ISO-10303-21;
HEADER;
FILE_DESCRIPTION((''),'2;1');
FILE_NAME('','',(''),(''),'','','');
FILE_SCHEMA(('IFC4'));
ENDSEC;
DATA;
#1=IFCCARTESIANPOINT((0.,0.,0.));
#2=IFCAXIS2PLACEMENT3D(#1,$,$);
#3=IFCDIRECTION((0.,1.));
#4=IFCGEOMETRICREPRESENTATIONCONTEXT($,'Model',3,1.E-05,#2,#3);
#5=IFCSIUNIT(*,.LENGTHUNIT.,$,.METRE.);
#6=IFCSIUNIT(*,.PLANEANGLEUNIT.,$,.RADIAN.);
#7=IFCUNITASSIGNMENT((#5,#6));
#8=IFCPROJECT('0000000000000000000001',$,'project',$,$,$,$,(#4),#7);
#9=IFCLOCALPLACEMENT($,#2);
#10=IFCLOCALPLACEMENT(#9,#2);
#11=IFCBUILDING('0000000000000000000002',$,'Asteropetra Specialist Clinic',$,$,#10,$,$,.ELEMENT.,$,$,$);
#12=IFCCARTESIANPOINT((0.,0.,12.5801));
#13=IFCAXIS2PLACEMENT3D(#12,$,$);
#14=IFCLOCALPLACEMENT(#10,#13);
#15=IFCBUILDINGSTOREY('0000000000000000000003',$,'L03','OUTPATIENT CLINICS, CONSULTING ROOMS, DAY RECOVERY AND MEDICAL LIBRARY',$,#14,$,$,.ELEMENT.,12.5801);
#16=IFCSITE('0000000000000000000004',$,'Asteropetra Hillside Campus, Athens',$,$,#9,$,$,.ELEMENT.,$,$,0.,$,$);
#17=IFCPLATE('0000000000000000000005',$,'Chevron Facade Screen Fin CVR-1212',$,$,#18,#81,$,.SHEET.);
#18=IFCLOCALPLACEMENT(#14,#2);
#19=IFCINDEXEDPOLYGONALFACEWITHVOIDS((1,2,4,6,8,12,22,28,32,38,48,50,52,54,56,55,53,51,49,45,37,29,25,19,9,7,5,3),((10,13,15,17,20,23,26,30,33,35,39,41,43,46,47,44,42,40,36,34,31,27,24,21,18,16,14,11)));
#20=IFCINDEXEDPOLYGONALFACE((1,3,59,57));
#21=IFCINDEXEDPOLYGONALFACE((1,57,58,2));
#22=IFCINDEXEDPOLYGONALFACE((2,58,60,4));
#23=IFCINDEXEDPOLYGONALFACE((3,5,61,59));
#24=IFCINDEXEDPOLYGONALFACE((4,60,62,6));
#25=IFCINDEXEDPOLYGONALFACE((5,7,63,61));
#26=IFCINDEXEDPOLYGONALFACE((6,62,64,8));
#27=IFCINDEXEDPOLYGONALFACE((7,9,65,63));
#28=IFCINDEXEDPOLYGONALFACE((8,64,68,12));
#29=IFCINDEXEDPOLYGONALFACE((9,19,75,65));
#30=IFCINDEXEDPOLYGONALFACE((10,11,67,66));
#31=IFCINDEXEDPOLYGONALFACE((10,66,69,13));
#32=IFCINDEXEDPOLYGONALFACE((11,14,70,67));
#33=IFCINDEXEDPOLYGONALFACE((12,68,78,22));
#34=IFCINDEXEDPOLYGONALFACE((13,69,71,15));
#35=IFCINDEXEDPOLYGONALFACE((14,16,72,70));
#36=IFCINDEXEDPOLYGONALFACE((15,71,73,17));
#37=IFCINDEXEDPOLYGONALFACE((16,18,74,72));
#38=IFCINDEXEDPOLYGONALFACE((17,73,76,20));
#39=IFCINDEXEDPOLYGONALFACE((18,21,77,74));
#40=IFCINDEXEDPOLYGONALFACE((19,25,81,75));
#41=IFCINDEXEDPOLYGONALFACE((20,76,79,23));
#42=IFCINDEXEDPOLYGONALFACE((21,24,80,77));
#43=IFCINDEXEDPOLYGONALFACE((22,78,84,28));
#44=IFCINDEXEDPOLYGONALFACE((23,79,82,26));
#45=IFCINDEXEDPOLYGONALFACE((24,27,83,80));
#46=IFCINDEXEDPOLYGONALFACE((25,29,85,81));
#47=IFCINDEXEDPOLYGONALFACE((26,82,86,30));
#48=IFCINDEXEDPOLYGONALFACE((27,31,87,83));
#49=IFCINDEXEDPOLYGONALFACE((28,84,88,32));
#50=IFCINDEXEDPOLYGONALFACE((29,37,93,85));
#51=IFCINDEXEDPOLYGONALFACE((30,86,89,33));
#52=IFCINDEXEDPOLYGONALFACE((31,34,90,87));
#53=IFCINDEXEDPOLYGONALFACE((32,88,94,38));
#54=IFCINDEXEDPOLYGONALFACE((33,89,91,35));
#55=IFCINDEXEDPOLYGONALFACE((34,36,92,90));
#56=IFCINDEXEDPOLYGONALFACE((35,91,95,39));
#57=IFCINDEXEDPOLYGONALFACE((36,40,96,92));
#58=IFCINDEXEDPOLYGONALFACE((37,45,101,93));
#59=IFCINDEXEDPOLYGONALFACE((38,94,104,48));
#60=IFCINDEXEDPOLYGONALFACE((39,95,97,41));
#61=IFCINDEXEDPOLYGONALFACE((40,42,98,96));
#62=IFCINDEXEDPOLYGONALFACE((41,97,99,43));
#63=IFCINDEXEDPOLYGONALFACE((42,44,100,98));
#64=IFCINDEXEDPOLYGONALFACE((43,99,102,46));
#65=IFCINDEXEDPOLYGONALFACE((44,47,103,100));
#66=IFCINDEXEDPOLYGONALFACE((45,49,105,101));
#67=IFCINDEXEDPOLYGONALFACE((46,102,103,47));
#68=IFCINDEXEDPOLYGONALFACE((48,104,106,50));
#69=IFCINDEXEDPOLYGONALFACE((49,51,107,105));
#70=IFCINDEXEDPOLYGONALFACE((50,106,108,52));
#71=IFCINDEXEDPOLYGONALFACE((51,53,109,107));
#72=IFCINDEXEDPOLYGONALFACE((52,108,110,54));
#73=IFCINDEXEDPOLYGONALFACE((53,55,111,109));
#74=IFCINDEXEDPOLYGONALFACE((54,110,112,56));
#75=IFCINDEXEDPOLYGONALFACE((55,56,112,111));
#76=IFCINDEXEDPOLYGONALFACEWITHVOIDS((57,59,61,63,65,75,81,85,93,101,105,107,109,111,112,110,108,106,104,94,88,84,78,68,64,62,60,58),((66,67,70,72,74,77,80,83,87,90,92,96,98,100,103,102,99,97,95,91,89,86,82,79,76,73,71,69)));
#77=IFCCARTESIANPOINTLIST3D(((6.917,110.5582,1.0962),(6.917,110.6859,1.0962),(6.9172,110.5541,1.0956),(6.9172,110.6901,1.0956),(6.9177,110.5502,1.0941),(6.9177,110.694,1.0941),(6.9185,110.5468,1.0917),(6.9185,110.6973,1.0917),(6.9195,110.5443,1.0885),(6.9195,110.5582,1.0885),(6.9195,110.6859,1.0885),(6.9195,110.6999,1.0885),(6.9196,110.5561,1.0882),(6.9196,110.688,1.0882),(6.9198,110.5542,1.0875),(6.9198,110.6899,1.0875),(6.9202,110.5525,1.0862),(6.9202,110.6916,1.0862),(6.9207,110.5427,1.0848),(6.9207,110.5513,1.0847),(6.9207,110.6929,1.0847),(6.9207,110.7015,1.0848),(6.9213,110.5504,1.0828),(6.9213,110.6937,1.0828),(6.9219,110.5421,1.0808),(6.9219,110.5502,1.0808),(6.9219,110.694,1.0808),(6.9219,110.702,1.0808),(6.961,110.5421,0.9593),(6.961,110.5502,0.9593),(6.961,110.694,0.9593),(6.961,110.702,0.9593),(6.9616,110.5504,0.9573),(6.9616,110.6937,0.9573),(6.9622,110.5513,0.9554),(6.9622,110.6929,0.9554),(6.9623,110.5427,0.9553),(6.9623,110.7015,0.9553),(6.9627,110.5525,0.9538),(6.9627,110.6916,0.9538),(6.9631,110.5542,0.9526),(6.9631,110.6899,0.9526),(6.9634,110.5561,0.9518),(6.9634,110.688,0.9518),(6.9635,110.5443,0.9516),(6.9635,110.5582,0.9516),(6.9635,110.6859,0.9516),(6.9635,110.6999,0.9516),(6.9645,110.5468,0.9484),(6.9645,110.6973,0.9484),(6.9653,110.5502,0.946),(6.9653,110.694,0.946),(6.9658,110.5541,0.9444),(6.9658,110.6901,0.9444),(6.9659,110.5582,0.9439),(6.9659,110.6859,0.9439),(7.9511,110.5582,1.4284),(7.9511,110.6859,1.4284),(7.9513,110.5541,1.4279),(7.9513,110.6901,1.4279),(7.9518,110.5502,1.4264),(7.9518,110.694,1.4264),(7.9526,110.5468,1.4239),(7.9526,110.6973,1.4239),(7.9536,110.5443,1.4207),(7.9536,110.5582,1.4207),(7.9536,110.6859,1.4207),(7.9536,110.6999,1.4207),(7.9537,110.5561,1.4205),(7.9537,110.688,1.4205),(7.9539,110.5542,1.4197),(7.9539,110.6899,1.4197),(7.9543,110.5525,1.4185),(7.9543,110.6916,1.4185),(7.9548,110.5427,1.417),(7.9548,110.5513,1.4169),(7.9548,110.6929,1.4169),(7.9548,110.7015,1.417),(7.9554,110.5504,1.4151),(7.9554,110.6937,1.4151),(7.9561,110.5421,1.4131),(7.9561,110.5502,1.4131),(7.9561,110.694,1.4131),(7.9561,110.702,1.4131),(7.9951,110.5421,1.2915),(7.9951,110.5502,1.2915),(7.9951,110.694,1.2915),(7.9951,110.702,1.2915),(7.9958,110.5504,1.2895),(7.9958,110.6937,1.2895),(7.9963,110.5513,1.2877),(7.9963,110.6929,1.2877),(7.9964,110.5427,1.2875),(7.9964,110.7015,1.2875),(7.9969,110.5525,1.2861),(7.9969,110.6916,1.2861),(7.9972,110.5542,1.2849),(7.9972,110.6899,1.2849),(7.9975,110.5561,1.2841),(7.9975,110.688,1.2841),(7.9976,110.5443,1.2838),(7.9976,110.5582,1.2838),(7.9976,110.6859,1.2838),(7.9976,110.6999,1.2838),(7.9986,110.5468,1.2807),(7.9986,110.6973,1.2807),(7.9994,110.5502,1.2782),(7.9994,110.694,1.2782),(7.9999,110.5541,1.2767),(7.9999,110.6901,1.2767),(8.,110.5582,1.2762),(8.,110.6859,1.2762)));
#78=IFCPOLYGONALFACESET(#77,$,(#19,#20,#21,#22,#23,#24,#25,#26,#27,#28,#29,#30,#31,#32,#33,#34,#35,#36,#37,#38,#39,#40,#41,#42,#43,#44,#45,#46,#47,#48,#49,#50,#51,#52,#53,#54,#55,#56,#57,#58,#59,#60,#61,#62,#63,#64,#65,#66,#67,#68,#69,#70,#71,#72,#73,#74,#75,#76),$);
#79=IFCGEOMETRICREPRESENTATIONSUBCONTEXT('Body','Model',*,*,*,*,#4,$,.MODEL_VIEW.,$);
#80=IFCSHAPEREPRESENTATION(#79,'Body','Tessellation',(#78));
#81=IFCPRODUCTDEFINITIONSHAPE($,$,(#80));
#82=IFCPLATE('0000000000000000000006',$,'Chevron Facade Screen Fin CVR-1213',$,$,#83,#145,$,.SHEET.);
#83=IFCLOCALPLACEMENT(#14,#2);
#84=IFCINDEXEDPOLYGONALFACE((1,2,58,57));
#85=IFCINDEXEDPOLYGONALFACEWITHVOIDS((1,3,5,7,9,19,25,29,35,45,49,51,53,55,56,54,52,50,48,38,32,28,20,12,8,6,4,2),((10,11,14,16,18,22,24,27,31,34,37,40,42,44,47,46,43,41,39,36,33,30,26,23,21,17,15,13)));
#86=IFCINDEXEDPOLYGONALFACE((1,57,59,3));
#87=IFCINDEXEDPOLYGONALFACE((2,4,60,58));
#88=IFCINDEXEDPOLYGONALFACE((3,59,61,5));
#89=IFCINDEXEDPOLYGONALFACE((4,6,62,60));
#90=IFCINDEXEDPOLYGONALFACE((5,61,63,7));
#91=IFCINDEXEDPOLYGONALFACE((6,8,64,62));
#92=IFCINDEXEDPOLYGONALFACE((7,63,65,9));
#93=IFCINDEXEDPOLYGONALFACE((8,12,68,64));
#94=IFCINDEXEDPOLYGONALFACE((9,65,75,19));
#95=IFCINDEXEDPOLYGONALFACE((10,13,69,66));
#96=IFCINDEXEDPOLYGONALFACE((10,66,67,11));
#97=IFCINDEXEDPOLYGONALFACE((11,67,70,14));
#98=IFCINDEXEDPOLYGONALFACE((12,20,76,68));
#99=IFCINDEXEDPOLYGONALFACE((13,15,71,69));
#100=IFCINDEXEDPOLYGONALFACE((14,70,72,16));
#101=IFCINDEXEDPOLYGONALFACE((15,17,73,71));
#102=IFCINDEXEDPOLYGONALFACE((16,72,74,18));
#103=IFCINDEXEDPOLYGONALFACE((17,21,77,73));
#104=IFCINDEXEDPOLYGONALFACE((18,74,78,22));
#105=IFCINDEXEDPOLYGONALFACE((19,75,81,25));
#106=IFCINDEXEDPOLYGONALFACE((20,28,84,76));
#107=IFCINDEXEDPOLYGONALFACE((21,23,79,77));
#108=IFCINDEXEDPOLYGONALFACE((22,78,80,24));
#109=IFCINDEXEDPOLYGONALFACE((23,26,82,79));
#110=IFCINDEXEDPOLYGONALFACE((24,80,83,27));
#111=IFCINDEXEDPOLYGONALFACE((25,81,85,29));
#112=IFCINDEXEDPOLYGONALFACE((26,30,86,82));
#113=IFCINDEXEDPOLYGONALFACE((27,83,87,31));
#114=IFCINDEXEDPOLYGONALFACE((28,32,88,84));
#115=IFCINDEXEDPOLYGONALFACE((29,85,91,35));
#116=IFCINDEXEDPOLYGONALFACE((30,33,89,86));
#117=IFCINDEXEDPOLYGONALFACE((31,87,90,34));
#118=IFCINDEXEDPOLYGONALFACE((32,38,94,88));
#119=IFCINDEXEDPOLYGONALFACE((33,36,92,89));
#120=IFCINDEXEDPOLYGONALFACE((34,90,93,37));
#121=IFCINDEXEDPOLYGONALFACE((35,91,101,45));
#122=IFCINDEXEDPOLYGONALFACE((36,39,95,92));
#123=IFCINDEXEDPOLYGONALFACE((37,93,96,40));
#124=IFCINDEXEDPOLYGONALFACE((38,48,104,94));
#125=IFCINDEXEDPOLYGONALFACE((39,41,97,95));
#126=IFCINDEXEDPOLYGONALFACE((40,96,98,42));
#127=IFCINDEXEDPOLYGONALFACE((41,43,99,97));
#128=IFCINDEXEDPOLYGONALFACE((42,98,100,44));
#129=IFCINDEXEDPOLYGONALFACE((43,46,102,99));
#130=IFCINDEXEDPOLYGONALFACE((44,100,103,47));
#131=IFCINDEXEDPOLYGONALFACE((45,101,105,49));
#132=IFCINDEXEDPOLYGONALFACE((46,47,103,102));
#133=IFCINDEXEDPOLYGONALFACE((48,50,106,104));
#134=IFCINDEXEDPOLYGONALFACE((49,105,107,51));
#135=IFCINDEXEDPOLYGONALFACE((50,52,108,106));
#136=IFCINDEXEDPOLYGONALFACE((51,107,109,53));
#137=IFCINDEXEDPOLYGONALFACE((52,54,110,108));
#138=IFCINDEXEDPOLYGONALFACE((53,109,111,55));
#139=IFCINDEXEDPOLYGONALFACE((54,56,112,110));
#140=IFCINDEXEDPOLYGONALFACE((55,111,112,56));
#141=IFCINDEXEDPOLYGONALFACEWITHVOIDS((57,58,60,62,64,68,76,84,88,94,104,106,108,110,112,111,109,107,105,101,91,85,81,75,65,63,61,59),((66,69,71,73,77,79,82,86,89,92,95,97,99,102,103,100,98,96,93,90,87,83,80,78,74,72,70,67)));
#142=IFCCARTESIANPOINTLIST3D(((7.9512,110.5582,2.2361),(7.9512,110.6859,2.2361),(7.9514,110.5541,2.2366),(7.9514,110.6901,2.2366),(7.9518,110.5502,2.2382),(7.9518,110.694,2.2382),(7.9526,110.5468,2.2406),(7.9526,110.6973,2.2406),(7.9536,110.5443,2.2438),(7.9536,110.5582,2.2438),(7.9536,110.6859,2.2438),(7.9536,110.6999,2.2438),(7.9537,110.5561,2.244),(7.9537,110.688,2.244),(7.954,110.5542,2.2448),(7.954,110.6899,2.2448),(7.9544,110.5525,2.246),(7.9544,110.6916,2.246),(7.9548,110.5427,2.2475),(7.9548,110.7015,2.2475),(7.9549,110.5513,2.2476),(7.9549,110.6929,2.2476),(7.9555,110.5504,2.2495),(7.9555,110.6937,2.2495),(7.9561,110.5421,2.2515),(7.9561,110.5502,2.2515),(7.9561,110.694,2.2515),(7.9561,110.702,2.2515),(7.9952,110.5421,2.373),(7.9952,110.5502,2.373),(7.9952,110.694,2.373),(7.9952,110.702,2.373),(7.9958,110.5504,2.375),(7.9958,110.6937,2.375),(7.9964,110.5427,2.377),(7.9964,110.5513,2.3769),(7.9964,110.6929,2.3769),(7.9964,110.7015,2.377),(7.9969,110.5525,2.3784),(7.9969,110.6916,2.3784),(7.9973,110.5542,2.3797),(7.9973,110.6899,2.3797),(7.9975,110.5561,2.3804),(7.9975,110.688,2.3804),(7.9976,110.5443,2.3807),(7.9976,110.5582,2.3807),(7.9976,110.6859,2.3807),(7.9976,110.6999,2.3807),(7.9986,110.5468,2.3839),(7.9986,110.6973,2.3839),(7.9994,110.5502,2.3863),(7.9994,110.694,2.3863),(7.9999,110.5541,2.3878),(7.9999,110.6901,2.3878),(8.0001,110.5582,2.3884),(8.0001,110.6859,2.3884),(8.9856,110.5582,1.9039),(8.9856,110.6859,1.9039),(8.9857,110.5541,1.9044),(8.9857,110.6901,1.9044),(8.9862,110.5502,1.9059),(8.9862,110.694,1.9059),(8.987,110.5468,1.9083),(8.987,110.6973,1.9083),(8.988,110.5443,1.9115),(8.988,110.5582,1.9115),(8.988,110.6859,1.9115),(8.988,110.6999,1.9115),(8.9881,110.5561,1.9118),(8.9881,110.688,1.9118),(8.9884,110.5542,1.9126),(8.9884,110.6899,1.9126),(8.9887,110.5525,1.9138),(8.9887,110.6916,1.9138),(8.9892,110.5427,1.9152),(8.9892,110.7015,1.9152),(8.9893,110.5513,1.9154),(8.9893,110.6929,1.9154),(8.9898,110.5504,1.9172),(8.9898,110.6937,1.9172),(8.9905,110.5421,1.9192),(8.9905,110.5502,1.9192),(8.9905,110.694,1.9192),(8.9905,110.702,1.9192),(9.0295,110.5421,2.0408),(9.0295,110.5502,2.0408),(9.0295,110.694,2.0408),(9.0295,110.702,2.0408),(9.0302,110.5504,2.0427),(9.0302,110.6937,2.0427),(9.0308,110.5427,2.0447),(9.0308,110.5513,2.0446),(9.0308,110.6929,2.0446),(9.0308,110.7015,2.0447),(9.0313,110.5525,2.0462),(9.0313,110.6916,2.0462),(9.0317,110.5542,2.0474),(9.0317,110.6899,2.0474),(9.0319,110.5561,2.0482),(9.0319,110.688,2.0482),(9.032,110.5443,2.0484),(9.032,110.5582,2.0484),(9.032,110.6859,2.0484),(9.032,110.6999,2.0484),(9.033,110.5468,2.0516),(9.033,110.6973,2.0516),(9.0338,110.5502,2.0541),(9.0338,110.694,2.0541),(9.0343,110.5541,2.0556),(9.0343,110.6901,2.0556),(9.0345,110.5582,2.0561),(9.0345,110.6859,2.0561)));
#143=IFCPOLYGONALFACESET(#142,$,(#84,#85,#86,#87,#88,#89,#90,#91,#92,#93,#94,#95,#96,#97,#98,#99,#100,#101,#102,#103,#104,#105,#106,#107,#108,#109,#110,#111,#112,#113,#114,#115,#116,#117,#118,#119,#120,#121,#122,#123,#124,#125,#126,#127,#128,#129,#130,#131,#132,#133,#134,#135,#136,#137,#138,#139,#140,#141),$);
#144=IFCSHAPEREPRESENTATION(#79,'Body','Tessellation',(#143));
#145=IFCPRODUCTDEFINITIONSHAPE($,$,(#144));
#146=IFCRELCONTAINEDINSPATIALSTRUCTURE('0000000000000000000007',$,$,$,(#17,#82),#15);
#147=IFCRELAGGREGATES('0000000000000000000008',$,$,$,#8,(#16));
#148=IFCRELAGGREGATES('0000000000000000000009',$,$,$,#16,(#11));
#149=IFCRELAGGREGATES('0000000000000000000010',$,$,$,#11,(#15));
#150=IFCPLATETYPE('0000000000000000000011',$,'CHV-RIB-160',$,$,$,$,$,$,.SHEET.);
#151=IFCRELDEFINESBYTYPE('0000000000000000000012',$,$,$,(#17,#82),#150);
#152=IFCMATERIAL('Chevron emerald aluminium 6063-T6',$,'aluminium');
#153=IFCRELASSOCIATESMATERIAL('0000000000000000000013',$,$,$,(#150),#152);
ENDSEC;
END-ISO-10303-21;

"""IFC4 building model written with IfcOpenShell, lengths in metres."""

from ifc_helpers import new_model, si_unit, direction, frame, origin, origin_2d, place, context, subcontext, project, spatial, hollow_rectangle, extrude, material, material_profile, profile_set, type_object, element, save


model = new_model("IFC4")

# Units and contexts
model_context = context("Model", 3, precision=1e-05, world=origin(), true_north=direction((0.0, 1.0)))
body_context = subcontext(model_context, "Body", "Model", "MODEL_VIEW")
ifc_project = project(units=[si_unit("LENGTHUNIT", "METRE"), si_unit("PLANEANGLEUNIT", "RADIAN")], contexts=[model_context])

# Site, building, storey
site_placement = place(None, origin())
site = spatial("IfcSite", under=ifc_project, at=site_placement, Name="Asteropetra Hillside Campus, Athens", CompositionType="ELEMENT", RefElevation=0.0)
building_placement = place(site_placement, origin())
building = spatial("IfcBuilding", under=site, at=building_placement, Name="Asteropetra Specialist Clinic", CompositionType="ELEMENT")
storey_placement = place(building_placement, frame((0.0, 0.0, 12.5801)))
storey = spatial("IfcBuildingStorey", under=building, at=storey_placement, Name="L03", Description="OUTPATIENT CLINICS, CONSULTING ROOMS, DAY RECOVERY AND MEDICAL LIBRARY", CompositionType="ELEMENT", Elevation=12.5801)

# Plates
ifc_material_1 = material(Name="Chevron emerald aluminium 6063-T6", Category="aluminium")
ifc_material_profile_1 = material_profile(ifc_material_1, hollow_rectangle(XDim=0.1599, YDim=0.1599, WallThickness=0.0081, InnerFilletRadius=0.0081, OuterFilletRadius=0.0161, at=origin_2d()), Name="SHS 160x160x8.0")
ifc_profile_set_1 = profile_set([ifc_material_profile_1], Name="Chevron emerald aluminium 6063-T6")
plate_type = type_object("IfcPlateType", Name="CHV-RIB-160", PredefinedType="SHEET", material=ifc_profile_set_1)
plate_1_placement = place(storey_placement, frame((7.9756, 110.6221, 1.3523), z_axis=(-0.952066, 0.0, -0.305893), x_axis=(0.0, -1.0, 0.0)))
element("IfcPlate", 1, at=plate_1_placement, inside=storey, type_object=plate_type, Name="Chevron Facade Screen Fin CVR-1212", PredefinedType="SHEET", context=body_context, shape_type="SweptSolid", body=[
    extrude(hollow_rectangle(XDim=0.1599, YDim=0.1599, WallThickness=0.0081, InnerFilletRadius=0.0081, OuterFilletRadius=0.0161, at=origin_2d()), origin(), (0.0, 0.0, 1.0), 1.0862),
])
plate_2_placement = place(storey_placement, frame((9.01, 110.6221, 1.98), z_axis=(-0.952087, 0.0, 0.305827), x_axis=(0.0, -1.0, 0.0)))
element("IfcPlate", 2, at=plate_2_placement, inside=storey, type_object=plate_type, Name="Chevron Facade Screen Fin CVR-1213", PredefinedType="SHEET", context=body_context, shape_type="SweptSolid", body=[
    extrude(hollow_rectangle(XDim=0.1599, YDim=0.1599, WallThickness=0.0081, InnerFilletRadius=0.0081, OuterFilletRadius=0.0161, at=origin_2d()), origin(), (0.0, 0.0, 1.0), 1.0864),
])

save(model, "model.ifc")
